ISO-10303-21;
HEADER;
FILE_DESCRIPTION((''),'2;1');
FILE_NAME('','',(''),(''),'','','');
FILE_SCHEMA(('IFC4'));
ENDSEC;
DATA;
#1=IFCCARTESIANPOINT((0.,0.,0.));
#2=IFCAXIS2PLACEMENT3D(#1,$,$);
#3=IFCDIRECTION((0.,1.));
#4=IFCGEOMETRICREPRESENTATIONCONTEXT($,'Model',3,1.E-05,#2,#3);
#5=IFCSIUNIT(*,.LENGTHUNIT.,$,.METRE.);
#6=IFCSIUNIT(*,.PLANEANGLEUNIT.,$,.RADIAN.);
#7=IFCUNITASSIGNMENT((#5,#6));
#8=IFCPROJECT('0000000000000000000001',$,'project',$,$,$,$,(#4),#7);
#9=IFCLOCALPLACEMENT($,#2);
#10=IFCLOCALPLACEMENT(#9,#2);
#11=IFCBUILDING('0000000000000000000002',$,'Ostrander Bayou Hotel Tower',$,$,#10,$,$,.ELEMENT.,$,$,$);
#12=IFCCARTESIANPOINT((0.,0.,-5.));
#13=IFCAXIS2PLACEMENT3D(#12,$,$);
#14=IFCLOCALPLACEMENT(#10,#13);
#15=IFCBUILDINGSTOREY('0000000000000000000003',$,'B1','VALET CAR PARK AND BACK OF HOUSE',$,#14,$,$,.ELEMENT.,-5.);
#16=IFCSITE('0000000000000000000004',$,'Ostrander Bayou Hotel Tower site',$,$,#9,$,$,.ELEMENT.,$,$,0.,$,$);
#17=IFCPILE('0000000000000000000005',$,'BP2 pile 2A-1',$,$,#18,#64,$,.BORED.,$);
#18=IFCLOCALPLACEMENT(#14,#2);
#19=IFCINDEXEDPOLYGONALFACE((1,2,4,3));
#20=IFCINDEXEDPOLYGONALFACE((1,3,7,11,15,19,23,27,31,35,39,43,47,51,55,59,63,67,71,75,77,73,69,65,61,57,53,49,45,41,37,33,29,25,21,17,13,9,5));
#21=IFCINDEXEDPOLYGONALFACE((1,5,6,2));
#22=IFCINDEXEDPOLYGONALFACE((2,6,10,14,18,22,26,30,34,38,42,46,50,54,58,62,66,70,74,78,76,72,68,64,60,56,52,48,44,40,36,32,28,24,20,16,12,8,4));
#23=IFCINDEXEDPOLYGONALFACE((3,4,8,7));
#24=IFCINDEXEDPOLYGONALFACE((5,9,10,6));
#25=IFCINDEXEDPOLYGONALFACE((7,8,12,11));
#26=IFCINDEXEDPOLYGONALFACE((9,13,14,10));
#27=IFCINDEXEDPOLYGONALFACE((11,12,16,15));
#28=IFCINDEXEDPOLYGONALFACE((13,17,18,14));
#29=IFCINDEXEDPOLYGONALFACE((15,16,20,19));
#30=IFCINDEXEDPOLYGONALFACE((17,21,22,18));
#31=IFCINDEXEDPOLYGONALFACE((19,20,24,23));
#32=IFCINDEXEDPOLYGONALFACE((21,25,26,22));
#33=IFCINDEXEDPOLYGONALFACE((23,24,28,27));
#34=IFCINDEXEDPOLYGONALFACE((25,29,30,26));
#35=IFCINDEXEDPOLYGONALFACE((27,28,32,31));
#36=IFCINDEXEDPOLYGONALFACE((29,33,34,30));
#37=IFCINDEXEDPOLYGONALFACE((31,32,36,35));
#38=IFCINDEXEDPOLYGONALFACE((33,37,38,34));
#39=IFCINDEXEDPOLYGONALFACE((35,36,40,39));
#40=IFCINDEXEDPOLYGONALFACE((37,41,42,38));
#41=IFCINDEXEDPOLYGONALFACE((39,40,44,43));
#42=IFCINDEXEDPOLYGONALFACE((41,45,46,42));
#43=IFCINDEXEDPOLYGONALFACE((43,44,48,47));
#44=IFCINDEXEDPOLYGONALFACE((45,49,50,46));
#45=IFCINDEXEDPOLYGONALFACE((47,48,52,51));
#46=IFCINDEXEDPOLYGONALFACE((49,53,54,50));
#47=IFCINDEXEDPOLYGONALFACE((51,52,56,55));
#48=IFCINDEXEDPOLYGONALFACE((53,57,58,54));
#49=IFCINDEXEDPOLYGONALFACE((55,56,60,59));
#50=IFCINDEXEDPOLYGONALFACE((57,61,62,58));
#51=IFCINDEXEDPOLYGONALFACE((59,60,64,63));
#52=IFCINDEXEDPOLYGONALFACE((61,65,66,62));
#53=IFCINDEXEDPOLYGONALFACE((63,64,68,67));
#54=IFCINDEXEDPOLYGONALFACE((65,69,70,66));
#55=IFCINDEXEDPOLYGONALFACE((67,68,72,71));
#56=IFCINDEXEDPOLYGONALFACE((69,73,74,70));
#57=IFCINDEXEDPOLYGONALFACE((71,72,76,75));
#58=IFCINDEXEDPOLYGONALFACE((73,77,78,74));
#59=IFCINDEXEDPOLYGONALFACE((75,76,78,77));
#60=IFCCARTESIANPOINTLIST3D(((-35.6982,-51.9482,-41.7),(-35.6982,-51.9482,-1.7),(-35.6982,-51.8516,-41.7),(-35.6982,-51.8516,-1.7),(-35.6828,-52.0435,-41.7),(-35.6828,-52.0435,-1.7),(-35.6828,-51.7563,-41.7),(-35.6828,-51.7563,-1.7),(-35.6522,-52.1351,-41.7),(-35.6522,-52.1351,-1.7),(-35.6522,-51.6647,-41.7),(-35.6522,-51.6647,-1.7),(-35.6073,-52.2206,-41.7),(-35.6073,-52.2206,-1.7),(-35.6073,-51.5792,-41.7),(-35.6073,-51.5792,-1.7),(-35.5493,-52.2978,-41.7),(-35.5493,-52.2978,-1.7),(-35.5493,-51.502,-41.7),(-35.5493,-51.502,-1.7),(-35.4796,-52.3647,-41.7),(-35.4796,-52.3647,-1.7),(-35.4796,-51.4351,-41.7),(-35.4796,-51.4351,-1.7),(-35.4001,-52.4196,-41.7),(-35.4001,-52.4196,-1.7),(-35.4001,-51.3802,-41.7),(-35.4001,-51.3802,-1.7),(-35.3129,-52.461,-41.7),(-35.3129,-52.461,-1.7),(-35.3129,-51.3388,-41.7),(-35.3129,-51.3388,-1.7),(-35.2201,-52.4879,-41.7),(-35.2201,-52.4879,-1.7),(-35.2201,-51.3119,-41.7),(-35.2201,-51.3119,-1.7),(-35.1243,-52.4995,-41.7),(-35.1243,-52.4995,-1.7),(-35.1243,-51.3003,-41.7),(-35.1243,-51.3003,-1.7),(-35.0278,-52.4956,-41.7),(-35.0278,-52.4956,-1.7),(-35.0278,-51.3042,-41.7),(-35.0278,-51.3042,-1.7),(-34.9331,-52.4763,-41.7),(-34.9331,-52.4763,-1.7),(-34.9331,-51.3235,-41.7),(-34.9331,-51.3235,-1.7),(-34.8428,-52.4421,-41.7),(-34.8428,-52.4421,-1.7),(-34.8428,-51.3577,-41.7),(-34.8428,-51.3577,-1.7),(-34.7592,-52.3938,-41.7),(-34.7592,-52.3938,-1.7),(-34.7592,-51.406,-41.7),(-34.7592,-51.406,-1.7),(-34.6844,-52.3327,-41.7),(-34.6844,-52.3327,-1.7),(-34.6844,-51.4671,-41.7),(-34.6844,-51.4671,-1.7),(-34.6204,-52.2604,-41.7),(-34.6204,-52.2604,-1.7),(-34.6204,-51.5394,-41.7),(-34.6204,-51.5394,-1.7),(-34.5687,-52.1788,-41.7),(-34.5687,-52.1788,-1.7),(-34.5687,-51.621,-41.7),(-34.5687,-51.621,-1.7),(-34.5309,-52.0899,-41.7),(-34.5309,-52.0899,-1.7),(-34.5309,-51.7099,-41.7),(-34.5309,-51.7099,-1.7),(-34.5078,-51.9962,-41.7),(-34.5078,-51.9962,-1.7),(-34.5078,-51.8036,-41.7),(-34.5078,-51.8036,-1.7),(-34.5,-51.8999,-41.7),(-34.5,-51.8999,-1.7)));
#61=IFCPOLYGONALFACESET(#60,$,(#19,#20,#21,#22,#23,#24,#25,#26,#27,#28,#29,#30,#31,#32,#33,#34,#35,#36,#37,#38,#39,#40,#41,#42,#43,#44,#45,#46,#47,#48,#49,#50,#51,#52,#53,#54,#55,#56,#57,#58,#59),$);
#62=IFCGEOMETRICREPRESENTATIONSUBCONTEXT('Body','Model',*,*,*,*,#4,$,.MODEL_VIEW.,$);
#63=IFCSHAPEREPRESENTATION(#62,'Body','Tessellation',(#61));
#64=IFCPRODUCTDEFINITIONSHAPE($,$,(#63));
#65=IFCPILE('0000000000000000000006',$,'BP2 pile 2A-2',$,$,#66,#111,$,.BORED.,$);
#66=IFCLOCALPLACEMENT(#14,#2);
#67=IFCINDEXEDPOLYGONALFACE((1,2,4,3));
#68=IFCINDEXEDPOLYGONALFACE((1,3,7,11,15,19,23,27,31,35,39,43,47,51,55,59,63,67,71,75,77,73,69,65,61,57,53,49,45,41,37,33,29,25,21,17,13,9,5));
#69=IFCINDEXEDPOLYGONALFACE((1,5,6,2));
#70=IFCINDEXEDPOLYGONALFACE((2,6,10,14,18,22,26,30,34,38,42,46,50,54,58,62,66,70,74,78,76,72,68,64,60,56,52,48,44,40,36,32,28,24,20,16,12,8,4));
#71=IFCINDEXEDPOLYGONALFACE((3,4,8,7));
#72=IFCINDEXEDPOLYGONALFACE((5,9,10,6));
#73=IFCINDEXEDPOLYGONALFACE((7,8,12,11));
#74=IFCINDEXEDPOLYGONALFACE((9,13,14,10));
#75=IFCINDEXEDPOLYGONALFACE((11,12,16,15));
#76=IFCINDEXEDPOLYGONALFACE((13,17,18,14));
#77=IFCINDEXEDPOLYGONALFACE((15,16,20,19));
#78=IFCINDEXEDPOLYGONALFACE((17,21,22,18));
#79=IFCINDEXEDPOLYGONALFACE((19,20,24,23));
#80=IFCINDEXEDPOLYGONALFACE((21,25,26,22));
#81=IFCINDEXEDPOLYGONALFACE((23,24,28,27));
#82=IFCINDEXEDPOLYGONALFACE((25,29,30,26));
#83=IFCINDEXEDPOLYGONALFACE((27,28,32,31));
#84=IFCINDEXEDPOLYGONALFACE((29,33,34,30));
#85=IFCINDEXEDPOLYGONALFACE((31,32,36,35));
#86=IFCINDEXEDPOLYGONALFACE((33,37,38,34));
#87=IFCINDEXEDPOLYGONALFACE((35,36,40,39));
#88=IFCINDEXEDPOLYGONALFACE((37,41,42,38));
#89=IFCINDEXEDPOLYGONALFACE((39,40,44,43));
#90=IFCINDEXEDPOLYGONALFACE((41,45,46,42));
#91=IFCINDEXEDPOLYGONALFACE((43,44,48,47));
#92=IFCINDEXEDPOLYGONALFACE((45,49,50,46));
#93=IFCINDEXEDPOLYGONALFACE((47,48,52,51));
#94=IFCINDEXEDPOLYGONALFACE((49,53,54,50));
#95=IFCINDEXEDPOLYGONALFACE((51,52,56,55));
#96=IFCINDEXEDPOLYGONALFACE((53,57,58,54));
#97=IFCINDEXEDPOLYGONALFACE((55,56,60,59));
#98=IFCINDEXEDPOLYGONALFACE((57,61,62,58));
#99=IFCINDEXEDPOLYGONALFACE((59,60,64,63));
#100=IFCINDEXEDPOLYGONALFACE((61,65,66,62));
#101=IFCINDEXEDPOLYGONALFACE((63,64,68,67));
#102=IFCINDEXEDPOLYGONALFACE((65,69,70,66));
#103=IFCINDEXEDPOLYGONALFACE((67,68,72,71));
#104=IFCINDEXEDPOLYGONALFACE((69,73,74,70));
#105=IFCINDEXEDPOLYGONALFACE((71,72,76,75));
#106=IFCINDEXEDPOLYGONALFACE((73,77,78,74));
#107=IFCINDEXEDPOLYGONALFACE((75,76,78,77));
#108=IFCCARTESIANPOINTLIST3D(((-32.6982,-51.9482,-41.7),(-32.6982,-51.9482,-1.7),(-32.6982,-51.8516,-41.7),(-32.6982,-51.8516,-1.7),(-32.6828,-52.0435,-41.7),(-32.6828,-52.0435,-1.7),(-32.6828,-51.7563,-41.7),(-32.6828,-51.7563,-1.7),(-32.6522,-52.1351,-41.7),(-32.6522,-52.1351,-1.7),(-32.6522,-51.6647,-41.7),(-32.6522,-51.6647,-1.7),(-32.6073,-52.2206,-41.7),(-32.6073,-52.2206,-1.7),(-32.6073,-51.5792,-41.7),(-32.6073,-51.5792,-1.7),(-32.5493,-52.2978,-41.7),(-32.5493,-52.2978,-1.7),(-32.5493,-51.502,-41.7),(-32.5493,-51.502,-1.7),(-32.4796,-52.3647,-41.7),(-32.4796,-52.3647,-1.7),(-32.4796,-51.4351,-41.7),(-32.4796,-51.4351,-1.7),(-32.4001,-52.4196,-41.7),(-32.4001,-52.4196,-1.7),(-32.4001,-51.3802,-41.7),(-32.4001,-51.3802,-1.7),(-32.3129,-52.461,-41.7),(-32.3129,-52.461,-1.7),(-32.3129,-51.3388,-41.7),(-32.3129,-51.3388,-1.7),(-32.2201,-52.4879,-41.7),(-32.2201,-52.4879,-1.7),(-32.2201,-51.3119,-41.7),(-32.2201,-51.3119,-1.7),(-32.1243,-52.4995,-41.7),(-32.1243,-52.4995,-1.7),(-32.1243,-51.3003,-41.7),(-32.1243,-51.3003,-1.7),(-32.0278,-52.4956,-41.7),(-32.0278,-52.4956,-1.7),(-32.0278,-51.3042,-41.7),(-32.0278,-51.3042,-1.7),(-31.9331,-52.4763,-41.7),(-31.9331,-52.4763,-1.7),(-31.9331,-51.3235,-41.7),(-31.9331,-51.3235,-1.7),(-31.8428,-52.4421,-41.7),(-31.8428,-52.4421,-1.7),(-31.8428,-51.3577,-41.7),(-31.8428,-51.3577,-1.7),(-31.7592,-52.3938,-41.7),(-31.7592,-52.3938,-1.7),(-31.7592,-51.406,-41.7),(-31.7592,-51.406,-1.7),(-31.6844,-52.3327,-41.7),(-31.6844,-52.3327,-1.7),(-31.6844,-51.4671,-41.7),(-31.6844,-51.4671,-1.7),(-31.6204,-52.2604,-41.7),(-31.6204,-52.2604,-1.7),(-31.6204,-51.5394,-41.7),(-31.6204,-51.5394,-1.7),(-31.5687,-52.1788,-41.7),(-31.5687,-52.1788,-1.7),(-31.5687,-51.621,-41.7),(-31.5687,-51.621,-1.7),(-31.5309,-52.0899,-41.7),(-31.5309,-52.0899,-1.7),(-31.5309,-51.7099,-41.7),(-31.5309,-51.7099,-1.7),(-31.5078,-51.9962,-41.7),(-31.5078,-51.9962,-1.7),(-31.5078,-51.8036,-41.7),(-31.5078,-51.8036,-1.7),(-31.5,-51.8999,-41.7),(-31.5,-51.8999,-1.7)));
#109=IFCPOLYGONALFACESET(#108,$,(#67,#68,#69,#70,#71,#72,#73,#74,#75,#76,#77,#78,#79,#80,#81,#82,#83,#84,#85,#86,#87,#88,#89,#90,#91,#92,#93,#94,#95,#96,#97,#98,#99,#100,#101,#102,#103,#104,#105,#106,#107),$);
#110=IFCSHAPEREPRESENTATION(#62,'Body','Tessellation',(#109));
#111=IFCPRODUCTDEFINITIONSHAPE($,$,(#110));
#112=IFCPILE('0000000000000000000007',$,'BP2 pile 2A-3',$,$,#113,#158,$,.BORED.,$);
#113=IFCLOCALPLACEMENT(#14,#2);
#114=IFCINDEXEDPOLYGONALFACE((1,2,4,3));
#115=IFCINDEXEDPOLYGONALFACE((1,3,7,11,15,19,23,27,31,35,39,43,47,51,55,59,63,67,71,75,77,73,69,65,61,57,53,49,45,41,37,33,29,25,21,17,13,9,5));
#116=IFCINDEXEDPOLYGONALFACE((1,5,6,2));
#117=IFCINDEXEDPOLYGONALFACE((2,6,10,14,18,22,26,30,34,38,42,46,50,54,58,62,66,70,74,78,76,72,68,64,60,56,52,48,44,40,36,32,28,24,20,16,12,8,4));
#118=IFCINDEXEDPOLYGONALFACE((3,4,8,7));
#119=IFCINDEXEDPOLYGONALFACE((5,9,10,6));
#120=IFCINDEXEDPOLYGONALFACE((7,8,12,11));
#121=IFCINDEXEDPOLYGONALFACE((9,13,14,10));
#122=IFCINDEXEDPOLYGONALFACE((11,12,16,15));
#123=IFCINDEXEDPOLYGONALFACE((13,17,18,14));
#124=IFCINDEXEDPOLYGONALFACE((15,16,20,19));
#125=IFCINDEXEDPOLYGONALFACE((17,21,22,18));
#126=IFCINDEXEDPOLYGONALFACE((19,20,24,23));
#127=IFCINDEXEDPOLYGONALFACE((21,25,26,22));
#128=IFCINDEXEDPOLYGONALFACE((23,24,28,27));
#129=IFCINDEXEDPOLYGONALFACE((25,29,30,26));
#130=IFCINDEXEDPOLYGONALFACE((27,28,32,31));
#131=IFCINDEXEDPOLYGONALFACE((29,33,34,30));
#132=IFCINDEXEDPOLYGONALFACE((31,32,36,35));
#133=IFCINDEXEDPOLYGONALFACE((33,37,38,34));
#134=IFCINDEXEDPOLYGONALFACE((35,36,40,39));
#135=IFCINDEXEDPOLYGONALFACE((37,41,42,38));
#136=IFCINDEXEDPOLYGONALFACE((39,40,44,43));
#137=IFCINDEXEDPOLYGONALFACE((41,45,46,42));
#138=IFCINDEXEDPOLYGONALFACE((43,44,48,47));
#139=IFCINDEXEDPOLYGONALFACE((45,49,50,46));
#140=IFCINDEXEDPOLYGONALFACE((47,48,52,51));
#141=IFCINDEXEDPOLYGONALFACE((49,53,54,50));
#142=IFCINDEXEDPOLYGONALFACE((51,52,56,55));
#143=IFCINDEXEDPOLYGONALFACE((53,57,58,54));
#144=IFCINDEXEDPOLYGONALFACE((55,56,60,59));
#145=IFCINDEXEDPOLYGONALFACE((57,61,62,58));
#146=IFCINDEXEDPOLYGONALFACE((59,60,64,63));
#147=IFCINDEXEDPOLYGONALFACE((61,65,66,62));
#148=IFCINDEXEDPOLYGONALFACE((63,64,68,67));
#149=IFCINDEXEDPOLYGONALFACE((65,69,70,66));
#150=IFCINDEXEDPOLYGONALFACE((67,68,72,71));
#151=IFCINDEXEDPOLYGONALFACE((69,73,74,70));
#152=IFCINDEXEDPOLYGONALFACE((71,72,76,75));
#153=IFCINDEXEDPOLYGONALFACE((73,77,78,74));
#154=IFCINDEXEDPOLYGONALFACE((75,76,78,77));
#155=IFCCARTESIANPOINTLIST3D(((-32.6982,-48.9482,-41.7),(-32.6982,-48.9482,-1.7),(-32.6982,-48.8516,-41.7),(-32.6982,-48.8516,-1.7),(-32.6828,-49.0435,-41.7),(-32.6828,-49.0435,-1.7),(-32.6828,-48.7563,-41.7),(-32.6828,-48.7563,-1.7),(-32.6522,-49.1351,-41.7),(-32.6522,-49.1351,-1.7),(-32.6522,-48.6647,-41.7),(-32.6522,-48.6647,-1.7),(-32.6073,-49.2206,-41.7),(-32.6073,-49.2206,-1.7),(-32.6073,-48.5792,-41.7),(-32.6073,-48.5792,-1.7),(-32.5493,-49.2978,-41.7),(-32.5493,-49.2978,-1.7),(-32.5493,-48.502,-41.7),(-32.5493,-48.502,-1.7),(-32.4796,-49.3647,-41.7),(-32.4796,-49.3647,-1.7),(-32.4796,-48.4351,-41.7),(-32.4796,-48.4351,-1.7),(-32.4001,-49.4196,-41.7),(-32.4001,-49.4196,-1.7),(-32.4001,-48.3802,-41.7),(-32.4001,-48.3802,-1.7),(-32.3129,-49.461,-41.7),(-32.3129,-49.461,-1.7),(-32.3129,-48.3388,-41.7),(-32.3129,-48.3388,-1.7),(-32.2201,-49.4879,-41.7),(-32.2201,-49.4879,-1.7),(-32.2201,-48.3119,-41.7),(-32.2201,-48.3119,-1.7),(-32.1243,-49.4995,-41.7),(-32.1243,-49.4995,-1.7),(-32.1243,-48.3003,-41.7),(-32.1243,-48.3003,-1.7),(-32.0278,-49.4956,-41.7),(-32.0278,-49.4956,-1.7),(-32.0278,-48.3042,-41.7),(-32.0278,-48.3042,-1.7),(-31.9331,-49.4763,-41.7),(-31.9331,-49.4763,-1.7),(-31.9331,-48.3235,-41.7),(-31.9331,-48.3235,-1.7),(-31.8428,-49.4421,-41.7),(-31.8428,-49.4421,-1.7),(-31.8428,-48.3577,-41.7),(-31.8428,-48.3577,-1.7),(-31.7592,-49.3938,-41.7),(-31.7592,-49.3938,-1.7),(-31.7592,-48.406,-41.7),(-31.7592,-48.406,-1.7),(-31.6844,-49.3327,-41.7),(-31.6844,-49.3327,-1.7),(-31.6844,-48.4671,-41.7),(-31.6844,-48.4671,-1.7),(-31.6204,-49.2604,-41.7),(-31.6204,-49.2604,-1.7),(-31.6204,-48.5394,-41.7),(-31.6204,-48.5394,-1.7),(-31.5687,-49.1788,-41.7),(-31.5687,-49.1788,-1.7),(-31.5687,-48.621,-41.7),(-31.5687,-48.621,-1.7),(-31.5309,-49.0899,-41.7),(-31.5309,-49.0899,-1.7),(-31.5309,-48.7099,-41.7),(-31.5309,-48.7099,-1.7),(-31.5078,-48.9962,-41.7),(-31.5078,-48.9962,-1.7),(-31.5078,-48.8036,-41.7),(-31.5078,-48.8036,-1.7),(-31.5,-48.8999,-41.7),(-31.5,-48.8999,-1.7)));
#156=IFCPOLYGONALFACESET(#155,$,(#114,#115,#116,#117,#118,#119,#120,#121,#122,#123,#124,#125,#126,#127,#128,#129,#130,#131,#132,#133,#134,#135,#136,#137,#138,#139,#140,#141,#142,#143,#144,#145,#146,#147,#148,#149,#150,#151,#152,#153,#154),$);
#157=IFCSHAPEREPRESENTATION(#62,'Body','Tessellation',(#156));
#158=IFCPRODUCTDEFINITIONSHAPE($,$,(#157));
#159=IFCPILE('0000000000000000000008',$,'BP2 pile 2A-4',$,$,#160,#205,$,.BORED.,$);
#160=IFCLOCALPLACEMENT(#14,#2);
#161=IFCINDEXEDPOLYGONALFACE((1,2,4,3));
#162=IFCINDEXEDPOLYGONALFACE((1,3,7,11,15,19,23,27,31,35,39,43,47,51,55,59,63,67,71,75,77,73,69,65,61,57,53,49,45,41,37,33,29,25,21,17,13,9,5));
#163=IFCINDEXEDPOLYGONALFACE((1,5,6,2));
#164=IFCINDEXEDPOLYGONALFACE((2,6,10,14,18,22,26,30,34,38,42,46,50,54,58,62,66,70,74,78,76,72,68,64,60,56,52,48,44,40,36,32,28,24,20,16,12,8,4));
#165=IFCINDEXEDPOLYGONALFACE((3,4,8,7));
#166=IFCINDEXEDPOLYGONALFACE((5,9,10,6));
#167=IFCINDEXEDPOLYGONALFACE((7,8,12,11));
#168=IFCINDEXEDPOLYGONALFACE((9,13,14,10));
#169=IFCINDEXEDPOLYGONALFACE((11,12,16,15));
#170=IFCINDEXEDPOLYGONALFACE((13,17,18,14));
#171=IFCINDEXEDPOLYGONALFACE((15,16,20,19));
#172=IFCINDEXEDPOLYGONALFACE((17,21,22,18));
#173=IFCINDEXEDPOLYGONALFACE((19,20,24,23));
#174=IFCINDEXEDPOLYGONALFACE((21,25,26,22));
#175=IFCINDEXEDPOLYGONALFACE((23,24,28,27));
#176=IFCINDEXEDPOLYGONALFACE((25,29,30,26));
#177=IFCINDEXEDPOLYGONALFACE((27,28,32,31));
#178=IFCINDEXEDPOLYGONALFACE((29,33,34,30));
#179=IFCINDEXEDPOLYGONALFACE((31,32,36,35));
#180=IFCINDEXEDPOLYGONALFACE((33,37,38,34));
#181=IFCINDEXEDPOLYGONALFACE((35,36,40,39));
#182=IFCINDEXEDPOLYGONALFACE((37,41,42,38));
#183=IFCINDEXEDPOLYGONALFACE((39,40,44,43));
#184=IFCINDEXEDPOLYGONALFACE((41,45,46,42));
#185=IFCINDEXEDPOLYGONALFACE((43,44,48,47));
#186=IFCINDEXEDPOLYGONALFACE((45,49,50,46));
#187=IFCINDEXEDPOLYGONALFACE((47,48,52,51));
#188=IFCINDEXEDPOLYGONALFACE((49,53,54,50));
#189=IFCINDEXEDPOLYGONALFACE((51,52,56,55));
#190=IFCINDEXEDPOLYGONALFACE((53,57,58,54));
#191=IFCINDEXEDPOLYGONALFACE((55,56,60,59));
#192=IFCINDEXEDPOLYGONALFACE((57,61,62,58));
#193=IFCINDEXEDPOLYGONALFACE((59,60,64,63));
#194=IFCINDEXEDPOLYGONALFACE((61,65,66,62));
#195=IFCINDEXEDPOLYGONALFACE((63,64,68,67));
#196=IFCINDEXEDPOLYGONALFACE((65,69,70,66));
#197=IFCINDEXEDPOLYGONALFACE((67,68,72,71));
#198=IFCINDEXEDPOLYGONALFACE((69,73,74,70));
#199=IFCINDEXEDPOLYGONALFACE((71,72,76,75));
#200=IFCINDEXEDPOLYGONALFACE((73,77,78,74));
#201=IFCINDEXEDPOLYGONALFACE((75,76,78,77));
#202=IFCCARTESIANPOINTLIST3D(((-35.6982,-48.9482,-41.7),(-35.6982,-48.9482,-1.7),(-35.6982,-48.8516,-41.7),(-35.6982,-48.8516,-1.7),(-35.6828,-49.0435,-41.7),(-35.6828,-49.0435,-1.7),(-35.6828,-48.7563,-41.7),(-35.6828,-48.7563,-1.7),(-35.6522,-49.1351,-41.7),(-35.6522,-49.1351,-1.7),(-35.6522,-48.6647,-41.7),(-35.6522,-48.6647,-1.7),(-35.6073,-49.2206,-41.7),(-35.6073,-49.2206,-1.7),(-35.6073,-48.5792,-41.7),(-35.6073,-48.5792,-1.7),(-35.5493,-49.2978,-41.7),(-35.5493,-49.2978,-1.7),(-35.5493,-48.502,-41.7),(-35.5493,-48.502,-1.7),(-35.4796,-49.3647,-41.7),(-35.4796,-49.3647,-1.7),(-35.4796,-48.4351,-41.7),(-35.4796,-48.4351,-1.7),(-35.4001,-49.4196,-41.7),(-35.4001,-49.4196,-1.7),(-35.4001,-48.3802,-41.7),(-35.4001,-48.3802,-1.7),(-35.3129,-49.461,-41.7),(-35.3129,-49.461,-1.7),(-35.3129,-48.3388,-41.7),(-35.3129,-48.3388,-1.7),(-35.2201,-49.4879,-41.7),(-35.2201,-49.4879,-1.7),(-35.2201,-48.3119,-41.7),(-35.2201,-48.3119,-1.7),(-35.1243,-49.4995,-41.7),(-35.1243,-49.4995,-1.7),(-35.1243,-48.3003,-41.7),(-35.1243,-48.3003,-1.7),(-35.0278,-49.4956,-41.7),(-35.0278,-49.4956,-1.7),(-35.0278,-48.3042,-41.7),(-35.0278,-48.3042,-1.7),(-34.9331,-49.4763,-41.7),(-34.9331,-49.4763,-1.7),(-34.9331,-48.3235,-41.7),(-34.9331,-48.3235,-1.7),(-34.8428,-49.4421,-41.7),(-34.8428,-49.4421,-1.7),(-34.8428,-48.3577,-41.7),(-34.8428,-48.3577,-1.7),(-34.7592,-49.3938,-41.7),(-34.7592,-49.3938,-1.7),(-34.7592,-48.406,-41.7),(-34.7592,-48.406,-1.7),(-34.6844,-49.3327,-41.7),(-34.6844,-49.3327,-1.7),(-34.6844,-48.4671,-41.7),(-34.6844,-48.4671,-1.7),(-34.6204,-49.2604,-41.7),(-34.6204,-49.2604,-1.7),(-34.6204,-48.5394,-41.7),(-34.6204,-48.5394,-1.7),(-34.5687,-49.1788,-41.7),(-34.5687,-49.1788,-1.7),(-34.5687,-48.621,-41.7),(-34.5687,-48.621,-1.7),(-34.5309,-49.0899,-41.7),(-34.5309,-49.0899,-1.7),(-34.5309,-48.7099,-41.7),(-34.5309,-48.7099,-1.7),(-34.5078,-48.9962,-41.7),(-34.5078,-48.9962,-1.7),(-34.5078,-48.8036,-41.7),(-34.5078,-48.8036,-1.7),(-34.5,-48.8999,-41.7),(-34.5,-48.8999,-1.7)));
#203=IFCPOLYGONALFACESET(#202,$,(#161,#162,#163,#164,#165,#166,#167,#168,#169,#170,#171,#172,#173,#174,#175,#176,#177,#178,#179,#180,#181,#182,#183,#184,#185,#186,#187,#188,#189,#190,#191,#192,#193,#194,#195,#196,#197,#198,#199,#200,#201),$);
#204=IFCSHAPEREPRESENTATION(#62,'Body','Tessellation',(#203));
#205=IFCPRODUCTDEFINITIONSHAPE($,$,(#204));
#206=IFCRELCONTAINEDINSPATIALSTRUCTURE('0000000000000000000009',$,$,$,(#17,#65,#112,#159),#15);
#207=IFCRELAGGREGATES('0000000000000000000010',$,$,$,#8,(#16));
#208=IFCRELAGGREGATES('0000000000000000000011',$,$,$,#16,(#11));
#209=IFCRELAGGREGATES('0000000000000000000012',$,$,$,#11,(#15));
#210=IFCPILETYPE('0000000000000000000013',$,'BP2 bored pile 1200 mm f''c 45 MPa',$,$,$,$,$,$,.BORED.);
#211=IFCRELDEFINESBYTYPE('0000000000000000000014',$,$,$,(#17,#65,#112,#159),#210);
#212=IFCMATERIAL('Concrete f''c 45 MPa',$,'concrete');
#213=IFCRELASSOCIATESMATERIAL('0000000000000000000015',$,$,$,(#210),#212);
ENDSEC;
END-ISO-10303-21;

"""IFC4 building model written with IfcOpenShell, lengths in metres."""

from ifc_helpers import new_model, si_unit, direction, frame, origin, origin_2d, place, context, subcontext, project, spatial, circle, extrude, material, material_profile, profile_set, type_object, element, save


model = new_model("IFC4")

# Units and contexts
model_context = context("Model", 3, precision=1e-05, world=origin(), true_north=direction((0.0, 1.0)))
body_context = subcontext(model_context, "Body", "Model", "MODEL_VIEW")
ifc_project = project(units=[si_unit("LENGTHUNIT", "METRE"), si_unit("PLANEANGLEUNIT", "RADIAN")], contexts=[model_context])

# Site, building, storey
site_placement = place(None, origin())
site = spatial("IfcSite", under=ifc_project, at=site_placement, Name="Ostrander Bayou Hotel Tower site", CompositionType="ELEMENT", RefElevation=0.0)
building_placement = place(site_placement, origin())
building = spatial("IfcBuilding", under=site, at=building_placement, Name="Ostrander Bayou Hotel Tower", CompositionType="ELEMENT")
storey_placement = place(building_placement, frame((0.0, 0.0, -5.0)))
storey = spatial("IfcBuildingStorey", under=building, at=storey_placement, Name="B1", Description="VALET CAR PARK AND BACK OF HOUSE", CompositionType="ELEMENT", Elevation=-5.0)

# Piles
ifc_material_1 = material(Name="Concrete f'c 45 MPa", Category="concrete")
ifc_material_profile_1 = material_profile(ifc_material_1, circle(Radius=0.6001, at=origin_2d()))
ifc_profile_set_1 = profile_set([ifc_material_profile_1], Name="Concrete f'c 45 MPa")
pile_type = type_object("IfcPileType", Name="BP2 bored pile 1200 mm f'c 45 MPa", PredefinedType="BORED", material=ifc_profile_set_1)
for number, where, z_axis, x_axis, name in (
    (1, (-35.1001, -51.8999, -1.7), (0.0, 0.0, -1.0), (1.0, 0.0, 0.0), "BP2 pile 2A-1"),
    (2, (-32.1001, -51.8999, -1.7), (0.0, 0.0, -1.0), (1.0, 0.0, 0.0), "BP2 pile 2A-2"),
    (3, (-32.1001, -48.8999, -1.7), (0.0, 0.0, -1.0), (1.0, 0.0, 0.0), "BP2 pile 2A-3"),
    (4, (-35.1001, -48.8999, -1.7), (0.0, 0.0, -1.0), (1.0, 0.0, 0.0), "BP2 pile 2A-4"),
):
    element("IfcPile", number, at=place(storey_placement, frame(where, z_axis=z_axis, x_axis=x_axis)), inside=storey, type_object=pile_type, Name=name, PredefinedType="BORED", context=body_context, shape_type="SweptSolid", body=[
        extrude(circle(Radius=0.6001, at=origin_2d()), origin(), (0.0, 0.0, 1.0), 40.0),
    ])

save(model, "model.ifc")
